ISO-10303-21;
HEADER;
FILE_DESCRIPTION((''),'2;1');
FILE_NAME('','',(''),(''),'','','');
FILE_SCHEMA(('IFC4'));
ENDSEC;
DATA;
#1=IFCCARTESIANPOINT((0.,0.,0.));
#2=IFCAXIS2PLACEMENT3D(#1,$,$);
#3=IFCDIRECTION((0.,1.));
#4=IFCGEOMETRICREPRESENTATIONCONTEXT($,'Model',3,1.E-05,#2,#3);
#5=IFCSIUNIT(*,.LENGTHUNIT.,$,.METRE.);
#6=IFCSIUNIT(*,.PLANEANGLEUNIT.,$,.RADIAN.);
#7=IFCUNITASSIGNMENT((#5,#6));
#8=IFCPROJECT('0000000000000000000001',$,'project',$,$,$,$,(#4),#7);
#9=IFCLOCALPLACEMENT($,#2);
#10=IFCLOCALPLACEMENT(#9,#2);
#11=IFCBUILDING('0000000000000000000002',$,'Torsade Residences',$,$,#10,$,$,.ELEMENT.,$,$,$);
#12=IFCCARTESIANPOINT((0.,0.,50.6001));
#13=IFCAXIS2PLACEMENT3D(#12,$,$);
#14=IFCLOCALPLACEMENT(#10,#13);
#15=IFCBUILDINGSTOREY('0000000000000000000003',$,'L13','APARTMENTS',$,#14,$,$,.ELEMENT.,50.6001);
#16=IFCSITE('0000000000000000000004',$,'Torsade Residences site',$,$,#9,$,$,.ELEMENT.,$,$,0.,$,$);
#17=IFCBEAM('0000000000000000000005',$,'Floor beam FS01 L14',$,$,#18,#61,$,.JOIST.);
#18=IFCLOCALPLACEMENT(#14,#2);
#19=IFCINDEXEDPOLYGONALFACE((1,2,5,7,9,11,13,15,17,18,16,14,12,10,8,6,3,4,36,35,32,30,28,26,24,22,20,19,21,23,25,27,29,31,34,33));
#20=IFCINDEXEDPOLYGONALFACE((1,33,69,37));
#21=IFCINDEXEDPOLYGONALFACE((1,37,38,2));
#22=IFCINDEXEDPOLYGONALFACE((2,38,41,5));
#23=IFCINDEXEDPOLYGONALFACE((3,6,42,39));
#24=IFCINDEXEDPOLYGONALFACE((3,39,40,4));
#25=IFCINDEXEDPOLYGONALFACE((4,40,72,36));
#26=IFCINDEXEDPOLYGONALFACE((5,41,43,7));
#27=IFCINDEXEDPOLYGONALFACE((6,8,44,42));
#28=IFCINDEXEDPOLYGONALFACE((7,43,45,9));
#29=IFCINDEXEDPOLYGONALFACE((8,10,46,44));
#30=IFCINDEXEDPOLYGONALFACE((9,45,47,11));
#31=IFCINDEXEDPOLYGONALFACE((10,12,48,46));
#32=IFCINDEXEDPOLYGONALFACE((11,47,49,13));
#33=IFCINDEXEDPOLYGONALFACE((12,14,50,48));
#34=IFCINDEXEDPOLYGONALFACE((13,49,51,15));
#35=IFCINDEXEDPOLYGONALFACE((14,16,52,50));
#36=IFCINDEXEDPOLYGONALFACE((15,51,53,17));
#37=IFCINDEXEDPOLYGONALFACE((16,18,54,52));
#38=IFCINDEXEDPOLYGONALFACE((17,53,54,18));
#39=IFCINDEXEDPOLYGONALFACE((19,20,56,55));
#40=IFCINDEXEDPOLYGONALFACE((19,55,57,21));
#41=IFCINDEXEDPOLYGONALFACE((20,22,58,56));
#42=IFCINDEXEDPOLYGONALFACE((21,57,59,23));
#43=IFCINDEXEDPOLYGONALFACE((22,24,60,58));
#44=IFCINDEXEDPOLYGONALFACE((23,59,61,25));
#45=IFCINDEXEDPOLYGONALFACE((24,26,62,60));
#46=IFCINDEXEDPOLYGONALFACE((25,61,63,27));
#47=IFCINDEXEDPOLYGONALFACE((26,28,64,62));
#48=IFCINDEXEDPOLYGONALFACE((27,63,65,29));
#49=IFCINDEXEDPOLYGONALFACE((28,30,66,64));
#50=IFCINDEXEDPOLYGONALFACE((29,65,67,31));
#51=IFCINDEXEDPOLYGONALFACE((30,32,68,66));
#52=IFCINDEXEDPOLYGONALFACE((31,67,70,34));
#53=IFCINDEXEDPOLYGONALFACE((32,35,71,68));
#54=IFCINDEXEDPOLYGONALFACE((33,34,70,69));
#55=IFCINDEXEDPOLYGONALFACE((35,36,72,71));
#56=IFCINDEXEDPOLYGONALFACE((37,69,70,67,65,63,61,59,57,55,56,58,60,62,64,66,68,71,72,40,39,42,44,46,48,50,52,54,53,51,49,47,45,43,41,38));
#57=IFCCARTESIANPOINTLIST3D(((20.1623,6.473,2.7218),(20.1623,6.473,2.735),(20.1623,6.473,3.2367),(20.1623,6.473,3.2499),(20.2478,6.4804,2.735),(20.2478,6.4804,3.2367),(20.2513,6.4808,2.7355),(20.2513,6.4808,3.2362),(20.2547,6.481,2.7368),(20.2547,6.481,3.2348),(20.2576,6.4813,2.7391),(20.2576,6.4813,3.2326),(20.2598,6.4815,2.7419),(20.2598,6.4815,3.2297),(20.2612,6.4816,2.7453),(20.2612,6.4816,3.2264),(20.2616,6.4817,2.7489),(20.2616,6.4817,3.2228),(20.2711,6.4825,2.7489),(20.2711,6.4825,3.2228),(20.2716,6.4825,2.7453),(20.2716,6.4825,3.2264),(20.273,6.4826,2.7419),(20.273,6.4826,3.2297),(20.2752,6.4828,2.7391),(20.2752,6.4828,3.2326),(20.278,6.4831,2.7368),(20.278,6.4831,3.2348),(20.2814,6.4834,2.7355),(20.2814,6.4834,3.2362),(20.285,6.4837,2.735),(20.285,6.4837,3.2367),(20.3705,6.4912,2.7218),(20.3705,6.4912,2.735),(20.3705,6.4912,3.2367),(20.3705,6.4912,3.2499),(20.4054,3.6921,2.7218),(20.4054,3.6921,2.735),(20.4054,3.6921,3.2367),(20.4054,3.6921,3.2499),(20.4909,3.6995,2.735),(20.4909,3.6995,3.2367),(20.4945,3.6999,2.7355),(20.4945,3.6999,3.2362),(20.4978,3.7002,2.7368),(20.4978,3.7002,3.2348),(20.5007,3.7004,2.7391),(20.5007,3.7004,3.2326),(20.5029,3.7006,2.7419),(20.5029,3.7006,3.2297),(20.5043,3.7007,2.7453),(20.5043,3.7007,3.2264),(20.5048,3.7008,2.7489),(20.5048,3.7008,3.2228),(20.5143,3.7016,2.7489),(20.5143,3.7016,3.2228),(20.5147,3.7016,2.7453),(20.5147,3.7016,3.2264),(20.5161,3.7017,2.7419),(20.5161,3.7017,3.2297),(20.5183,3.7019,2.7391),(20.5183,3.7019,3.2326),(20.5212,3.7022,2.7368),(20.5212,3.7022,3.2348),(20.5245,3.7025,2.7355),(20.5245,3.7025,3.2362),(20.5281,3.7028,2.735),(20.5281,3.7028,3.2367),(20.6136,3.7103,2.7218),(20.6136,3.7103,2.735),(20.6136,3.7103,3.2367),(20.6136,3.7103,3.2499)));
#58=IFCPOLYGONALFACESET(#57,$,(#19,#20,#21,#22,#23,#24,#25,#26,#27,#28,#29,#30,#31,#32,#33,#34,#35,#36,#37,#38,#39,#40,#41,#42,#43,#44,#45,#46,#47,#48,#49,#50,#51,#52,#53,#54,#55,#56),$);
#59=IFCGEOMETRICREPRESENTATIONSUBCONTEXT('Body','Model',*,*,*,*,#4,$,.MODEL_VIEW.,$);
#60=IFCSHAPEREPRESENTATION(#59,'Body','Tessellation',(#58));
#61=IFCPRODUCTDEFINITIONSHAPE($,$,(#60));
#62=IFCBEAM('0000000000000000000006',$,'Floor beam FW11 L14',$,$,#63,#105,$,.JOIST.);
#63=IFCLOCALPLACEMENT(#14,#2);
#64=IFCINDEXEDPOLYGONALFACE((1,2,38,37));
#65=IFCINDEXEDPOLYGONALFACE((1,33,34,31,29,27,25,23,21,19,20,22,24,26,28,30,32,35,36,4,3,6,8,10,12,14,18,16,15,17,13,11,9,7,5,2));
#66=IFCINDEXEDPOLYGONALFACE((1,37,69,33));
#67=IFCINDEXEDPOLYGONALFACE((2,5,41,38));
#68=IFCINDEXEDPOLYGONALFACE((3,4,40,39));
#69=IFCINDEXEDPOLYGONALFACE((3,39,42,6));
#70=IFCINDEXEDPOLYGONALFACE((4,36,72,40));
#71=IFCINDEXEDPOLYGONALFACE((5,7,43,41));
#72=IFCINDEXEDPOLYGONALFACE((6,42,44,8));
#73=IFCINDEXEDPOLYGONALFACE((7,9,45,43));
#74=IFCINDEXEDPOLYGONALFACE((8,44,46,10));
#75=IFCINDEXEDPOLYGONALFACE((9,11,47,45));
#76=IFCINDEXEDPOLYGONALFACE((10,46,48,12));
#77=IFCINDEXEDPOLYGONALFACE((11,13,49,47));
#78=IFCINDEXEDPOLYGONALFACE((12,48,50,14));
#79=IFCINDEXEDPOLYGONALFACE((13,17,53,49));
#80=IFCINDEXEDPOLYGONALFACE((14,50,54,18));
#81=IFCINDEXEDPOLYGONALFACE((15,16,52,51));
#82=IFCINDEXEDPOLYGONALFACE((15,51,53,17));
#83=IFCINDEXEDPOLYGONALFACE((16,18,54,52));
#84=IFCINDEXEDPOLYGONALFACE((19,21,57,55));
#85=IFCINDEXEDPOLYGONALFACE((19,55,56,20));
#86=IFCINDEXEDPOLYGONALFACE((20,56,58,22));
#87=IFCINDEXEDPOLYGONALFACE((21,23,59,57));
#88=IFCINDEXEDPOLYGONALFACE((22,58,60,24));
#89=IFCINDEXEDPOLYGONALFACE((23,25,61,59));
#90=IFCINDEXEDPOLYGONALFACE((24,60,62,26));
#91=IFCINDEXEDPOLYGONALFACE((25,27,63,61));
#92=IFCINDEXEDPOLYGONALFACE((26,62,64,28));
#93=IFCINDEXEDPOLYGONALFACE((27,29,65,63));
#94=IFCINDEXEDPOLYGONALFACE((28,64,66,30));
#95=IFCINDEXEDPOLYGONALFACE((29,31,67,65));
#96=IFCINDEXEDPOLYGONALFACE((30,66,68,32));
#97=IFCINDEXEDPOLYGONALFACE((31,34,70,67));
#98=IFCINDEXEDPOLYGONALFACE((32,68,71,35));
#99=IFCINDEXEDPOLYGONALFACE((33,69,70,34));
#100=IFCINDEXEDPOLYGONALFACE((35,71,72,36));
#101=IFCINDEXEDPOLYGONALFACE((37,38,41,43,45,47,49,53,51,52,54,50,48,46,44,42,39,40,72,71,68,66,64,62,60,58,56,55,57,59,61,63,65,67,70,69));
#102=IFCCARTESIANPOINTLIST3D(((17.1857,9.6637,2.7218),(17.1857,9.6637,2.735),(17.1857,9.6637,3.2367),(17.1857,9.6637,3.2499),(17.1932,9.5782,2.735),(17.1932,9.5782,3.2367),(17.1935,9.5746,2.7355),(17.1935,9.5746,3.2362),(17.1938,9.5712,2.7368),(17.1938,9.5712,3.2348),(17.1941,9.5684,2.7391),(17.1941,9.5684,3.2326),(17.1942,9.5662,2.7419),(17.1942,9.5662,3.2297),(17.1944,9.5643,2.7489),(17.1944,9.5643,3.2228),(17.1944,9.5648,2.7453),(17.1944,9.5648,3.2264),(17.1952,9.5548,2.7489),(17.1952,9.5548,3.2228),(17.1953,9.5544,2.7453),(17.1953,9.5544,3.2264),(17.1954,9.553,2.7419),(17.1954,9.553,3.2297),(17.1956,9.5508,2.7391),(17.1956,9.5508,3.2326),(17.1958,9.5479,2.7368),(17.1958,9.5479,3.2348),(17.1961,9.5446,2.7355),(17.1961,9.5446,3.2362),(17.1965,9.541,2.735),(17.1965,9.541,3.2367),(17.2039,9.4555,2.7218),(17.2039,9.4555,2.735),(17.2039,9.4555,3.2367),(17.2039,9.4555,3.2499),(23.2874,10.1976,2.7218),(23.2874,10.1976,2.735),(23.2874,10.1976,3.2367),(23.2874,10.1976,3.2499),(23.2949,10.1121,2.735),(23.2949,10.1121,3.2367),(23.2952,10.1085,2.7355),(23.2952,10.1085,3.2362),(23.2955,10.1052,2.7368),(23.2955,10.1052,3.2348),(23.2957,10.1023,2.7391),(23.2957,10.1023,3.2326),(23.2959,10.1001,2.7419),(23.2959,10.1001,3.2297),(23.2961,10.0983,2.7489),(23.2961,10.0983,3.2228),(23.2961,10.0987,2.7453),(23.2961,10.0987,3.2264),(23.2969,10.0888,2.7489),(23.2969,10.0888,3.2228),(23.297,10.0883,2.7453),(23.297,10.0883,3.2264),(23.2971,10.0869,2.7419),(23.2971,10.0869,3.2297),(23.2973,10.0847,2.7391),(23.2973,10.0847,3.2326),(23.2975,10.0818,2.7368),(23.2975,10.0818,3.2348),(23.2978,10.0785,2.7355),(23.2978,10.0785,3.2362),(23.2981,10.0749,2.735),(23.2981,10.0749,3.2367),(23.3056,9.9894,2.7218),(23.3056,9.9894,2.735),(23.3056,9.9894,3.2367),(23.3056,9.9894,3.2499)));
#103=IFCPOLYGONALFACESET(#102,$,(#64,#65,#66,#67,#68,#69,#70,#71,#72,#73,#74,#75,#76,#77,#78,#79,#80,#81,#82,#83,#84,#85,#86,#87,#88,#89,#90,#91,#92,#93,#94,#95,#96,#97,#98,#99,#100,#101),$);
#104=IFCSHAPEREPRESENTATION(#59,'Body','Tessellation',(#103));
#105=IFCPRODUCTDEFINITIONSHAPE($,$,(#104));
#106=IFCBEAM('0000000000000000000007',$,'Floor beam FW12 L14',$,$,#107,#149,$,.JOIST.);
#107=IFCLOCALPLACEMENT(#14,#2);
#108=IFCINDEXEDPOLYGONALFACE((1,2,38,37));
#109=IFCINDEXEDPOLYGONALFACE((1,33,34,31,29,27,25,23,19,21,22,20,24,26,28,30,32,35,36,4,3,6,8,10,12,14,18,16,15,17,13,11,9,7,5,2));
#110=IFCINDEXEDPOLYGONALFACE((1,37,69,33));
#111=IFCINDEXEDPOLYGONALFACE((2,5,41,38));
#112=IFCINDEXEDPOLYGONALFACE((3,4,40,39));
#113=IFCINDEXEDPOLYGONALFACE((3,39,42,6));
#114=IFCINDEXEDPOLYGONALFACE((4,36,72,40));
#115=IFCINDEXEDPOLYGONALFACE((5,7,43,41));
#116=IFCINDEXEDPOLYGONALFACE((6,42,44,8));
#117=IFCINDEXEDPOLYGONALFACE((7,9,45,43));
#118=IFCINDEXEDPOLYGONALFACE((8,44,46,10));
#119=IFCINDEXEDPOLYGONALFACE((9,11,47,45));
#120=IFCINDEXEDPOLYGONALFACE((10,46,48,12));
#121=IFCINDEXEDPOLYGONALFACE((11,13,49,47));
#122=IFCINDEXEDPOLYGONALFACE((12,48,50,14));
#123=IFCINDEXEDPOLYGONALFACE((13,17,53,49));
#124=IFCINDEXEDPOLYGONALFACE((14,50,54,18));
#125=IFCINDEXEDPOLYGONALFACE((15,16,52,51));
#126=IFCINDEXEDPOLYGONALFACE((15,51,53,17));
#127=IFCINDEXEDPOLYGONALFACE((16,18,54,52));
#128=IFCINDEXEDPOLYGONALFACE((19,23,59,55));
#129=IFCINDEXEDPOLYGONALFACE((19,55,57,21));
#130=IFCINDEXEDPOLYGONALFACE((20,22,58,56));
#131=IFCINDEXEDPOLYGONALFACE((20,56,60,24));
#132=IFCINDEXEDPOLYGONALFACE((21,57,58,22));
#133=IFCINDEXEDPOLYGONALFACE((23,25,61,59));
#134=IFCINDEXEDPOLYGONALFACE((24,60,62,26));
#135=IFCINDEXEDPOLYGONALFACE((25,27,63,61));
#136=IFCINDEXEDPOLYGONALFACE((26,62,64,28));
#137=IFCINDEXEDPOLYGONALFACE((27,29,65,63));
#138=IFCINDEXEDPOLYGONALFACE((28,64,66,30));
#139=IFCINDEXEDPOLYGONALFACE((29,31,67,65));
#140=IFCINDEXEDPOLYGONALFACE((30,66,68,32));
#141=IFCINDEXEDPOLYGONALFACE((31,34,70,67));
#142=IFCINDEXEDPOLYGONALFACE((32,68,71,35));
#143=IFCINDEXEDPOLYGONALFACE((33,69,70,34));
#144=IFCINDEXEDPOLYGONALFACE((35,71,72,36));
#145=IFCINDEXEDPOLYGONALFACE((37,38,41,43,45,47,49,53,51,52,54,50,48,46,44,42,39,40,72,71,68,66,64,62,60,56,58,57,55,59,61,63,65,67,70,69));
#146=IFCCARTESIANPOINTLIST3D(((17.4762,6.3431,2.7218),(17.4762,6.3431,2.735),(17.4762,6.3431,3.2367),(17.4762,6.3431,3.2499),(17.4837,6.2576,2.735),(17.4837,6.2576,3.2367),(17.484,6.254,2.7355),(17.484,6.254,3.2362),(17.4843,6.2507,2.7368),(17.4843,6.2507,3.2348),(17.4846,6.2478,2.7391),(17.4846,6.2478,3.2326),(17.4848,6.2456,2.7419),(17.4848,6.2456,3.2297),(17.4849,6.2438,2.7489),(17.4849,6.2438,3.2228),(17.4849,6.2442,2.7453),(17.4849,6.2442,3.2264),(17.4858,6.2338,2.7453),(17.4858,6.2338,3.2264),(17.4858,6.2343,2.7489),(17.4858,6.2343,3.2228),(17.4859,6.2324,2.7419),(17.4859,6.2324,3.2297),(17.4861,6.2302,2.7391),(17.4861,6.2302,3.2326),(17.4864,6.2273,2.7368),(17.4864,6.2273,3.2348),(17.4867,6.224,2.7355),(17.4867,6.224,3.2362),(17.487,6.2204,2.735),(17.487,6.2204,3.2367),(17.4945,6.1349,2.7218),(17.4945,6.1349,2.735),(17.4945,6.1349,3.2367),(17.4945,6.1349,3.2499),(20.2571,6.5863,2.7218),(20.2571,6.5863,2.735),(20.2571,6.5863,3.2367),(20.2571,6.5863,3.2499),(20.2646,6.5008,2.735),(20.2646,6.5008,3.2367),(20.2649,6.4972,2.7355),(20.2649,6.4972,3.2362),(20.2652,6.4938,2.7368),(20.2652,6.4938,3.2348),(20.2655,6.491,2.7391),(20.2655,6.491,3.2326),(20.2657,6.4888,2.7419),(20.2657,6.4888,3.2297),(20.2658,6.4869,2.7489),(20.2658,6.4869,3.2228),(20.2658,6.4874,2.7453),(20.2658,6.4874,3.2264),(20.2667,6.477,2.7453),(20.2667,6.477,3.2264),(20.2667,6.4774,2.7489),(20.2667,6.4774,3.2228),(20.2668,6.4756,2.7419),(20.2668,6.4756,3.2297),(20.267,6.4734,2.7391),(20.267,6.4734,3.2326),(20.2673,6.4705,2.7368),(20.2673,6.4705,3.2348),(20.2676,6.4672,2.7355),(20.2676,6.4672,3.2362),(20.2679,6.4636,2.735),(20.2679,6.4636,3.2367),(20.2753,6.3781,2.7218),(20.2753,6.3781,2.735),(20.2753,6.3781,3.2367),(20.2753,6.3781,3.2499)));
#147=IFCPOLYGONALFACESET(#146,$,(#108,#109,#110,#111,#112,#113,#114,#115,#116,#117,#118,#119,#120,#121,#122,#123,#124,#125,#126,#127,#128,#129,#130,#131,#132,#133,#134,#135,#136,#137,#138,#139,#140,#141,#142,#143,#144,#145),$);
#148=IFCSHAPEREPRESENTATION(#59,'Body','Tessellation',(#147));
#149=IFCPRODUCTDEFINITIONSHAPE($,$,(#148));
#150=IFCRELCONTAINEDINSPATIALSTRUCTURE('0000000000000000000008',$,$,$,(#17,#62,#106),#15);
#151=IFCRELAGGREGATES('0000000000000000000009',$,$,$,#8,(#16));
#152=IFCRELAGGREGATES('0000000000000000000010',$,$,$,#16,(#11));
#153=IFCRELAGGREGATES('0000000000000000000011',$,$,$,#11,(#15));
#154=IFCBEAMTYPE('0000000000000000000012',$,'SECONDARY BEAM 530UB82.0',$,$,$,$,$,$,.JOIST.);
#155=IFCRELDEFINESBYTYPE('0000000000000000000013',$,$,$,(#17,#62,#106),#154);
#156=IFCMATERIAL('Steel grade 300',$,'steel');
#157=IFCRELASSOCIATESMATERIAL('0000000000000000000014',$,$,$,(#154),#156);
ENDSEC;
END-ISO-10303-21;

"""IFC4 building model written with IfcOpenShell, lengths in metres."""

from ifc_helpers import new_model, si_unit, direction, frame, origin, origin_2d, place, context, subcontext, project, spatial, i_section, extrude, material, material_profile, profile_set, type_object, element, save


model = new_model("IFC4")

# Units and contexts
model_context = context("Model", 3, precision=1e-05, world=origin(), true_north=direction((0.0, 1.0)))
body_context = subcontext(model_context, "Body", "Model", "MODEL_VIEW")
ifc_project = project(units=[si_unit("LENGTHUNIT", "METRE"), si_unit("PLANEANGLEUNIT", "RADIAN")], contexts=[model_context])

# Site, building, storey
site_placement = place(None, origin())
site = spatial("IfcSite", under=ifc_project, at=site_placement, Name="Torsade Residences site", CompositionType="ELEMENT", RefElevation=0.0)
building_placement = place(site_placement, origin())
building = spatial("IfcBuilding", under=site, at=building_placement, Name="Torsade Residences", CompositionType="ELEMENT")
storey_placement = place(building_placement, frame((0.0, 0.0, 50.6001)))
storey = spatial("IfcBuildingStorey", under=building, at=storey_placement, Name="L13", Description="APARTMENTS", CompositionType="ELEMENT", Elevation=50.6001)

# Beams
ifc_material_1 = material(Name="Steel grade 300", Category="steel")
ifc_material_profile_1 = material_profile(ifc_material_1, i_section(OverallWidth=0.209, OverallDepth=0.5281, WebThickness=0.0095, FlangeThickness=0.0132, FilletRadius=0.0139, at=origin_2d()), Name="530UB82.0")
ifc_profile_set_1 = profile_set([ifc_material_profile_1], Name="Steel grade 300")
beam_type_1 = type_object("IfcBeamType", Name="SECONDARY BEAM 530UB82.0", PredefinedType="JOIST", material=ifc_profile_set_1)
beam_1_placement = place(storey_placement, frame((20.5095, 3.7012, 2.9858), z_axis=(-0.087105, 0.996199, 0.0), x_axis=(-0.996199, -0.087105, 0.0)))
element("IfcBeam", 1, at=beam_1_placement, inside=storey, type_object=beam_type_1, Name="Floor beam FS01 L14", PredefinedType="JOIST", context=body_context, shape_type="SweptSolid", body=[
    extrude(i_section(OverallWidth=0.209, OverallDepth=0.5281, WebThickness=0.0095, FlangeThickness=0.0132, FilletRadius=0.0139, at=origin_2d()), origin(), (0.0, 0.0, 1.0), 2.7915),
])
beam_2_placement = place(storey_placement, frame((17.1948, 9.5596, 2.9858), z_axis=(0.996193, 0.087175, 0.0), x_axis=(-0.087175, 0.996193, 0.0)))
element("IfcBeam", 2, at=beam_2_placement, inside=storey, type_object=beam_type_1, Name="Floor beam FW11 L14", PredefinedType="JOIST", context=body_context, shape_type="SweptSolid", body=[
    extrude(i_section(OverallWidth=0.209, OverallDepth=0.5281, WebThickness=0.0095, FlangeThickness=0.0132, FilletRadius=0.0139, at=origin_2d()), origin(), (0.0, 0.0, 1.0), 6.125),
])
beam_3_placement = place(storey_placement, frame((17.4854, 6.239, 2.9858), z_axis=(0.996199, 0.087105, 0.0), x_axis=(-0.087105, 0.996199, 0.0)))
element("IfcBeam", 3, at=beam_3_placement, inside=storey, type_object=beam_type_1, Name="Floor beam FW12 L14", PredefinedType="JOIST", context=body_context, shape_type="SweptSolid", body=[
    extrude(i_section(OverallWidth=0.209, OverallDepth=0.5281, WebThickness=0.0095, FlangeThickness=0.0132, FilletRadius=0.0139, at=origin_2d()), origin(), (0.0, 0.0, 1.0), 2.7915),
])

save(model, "model.ifc")
